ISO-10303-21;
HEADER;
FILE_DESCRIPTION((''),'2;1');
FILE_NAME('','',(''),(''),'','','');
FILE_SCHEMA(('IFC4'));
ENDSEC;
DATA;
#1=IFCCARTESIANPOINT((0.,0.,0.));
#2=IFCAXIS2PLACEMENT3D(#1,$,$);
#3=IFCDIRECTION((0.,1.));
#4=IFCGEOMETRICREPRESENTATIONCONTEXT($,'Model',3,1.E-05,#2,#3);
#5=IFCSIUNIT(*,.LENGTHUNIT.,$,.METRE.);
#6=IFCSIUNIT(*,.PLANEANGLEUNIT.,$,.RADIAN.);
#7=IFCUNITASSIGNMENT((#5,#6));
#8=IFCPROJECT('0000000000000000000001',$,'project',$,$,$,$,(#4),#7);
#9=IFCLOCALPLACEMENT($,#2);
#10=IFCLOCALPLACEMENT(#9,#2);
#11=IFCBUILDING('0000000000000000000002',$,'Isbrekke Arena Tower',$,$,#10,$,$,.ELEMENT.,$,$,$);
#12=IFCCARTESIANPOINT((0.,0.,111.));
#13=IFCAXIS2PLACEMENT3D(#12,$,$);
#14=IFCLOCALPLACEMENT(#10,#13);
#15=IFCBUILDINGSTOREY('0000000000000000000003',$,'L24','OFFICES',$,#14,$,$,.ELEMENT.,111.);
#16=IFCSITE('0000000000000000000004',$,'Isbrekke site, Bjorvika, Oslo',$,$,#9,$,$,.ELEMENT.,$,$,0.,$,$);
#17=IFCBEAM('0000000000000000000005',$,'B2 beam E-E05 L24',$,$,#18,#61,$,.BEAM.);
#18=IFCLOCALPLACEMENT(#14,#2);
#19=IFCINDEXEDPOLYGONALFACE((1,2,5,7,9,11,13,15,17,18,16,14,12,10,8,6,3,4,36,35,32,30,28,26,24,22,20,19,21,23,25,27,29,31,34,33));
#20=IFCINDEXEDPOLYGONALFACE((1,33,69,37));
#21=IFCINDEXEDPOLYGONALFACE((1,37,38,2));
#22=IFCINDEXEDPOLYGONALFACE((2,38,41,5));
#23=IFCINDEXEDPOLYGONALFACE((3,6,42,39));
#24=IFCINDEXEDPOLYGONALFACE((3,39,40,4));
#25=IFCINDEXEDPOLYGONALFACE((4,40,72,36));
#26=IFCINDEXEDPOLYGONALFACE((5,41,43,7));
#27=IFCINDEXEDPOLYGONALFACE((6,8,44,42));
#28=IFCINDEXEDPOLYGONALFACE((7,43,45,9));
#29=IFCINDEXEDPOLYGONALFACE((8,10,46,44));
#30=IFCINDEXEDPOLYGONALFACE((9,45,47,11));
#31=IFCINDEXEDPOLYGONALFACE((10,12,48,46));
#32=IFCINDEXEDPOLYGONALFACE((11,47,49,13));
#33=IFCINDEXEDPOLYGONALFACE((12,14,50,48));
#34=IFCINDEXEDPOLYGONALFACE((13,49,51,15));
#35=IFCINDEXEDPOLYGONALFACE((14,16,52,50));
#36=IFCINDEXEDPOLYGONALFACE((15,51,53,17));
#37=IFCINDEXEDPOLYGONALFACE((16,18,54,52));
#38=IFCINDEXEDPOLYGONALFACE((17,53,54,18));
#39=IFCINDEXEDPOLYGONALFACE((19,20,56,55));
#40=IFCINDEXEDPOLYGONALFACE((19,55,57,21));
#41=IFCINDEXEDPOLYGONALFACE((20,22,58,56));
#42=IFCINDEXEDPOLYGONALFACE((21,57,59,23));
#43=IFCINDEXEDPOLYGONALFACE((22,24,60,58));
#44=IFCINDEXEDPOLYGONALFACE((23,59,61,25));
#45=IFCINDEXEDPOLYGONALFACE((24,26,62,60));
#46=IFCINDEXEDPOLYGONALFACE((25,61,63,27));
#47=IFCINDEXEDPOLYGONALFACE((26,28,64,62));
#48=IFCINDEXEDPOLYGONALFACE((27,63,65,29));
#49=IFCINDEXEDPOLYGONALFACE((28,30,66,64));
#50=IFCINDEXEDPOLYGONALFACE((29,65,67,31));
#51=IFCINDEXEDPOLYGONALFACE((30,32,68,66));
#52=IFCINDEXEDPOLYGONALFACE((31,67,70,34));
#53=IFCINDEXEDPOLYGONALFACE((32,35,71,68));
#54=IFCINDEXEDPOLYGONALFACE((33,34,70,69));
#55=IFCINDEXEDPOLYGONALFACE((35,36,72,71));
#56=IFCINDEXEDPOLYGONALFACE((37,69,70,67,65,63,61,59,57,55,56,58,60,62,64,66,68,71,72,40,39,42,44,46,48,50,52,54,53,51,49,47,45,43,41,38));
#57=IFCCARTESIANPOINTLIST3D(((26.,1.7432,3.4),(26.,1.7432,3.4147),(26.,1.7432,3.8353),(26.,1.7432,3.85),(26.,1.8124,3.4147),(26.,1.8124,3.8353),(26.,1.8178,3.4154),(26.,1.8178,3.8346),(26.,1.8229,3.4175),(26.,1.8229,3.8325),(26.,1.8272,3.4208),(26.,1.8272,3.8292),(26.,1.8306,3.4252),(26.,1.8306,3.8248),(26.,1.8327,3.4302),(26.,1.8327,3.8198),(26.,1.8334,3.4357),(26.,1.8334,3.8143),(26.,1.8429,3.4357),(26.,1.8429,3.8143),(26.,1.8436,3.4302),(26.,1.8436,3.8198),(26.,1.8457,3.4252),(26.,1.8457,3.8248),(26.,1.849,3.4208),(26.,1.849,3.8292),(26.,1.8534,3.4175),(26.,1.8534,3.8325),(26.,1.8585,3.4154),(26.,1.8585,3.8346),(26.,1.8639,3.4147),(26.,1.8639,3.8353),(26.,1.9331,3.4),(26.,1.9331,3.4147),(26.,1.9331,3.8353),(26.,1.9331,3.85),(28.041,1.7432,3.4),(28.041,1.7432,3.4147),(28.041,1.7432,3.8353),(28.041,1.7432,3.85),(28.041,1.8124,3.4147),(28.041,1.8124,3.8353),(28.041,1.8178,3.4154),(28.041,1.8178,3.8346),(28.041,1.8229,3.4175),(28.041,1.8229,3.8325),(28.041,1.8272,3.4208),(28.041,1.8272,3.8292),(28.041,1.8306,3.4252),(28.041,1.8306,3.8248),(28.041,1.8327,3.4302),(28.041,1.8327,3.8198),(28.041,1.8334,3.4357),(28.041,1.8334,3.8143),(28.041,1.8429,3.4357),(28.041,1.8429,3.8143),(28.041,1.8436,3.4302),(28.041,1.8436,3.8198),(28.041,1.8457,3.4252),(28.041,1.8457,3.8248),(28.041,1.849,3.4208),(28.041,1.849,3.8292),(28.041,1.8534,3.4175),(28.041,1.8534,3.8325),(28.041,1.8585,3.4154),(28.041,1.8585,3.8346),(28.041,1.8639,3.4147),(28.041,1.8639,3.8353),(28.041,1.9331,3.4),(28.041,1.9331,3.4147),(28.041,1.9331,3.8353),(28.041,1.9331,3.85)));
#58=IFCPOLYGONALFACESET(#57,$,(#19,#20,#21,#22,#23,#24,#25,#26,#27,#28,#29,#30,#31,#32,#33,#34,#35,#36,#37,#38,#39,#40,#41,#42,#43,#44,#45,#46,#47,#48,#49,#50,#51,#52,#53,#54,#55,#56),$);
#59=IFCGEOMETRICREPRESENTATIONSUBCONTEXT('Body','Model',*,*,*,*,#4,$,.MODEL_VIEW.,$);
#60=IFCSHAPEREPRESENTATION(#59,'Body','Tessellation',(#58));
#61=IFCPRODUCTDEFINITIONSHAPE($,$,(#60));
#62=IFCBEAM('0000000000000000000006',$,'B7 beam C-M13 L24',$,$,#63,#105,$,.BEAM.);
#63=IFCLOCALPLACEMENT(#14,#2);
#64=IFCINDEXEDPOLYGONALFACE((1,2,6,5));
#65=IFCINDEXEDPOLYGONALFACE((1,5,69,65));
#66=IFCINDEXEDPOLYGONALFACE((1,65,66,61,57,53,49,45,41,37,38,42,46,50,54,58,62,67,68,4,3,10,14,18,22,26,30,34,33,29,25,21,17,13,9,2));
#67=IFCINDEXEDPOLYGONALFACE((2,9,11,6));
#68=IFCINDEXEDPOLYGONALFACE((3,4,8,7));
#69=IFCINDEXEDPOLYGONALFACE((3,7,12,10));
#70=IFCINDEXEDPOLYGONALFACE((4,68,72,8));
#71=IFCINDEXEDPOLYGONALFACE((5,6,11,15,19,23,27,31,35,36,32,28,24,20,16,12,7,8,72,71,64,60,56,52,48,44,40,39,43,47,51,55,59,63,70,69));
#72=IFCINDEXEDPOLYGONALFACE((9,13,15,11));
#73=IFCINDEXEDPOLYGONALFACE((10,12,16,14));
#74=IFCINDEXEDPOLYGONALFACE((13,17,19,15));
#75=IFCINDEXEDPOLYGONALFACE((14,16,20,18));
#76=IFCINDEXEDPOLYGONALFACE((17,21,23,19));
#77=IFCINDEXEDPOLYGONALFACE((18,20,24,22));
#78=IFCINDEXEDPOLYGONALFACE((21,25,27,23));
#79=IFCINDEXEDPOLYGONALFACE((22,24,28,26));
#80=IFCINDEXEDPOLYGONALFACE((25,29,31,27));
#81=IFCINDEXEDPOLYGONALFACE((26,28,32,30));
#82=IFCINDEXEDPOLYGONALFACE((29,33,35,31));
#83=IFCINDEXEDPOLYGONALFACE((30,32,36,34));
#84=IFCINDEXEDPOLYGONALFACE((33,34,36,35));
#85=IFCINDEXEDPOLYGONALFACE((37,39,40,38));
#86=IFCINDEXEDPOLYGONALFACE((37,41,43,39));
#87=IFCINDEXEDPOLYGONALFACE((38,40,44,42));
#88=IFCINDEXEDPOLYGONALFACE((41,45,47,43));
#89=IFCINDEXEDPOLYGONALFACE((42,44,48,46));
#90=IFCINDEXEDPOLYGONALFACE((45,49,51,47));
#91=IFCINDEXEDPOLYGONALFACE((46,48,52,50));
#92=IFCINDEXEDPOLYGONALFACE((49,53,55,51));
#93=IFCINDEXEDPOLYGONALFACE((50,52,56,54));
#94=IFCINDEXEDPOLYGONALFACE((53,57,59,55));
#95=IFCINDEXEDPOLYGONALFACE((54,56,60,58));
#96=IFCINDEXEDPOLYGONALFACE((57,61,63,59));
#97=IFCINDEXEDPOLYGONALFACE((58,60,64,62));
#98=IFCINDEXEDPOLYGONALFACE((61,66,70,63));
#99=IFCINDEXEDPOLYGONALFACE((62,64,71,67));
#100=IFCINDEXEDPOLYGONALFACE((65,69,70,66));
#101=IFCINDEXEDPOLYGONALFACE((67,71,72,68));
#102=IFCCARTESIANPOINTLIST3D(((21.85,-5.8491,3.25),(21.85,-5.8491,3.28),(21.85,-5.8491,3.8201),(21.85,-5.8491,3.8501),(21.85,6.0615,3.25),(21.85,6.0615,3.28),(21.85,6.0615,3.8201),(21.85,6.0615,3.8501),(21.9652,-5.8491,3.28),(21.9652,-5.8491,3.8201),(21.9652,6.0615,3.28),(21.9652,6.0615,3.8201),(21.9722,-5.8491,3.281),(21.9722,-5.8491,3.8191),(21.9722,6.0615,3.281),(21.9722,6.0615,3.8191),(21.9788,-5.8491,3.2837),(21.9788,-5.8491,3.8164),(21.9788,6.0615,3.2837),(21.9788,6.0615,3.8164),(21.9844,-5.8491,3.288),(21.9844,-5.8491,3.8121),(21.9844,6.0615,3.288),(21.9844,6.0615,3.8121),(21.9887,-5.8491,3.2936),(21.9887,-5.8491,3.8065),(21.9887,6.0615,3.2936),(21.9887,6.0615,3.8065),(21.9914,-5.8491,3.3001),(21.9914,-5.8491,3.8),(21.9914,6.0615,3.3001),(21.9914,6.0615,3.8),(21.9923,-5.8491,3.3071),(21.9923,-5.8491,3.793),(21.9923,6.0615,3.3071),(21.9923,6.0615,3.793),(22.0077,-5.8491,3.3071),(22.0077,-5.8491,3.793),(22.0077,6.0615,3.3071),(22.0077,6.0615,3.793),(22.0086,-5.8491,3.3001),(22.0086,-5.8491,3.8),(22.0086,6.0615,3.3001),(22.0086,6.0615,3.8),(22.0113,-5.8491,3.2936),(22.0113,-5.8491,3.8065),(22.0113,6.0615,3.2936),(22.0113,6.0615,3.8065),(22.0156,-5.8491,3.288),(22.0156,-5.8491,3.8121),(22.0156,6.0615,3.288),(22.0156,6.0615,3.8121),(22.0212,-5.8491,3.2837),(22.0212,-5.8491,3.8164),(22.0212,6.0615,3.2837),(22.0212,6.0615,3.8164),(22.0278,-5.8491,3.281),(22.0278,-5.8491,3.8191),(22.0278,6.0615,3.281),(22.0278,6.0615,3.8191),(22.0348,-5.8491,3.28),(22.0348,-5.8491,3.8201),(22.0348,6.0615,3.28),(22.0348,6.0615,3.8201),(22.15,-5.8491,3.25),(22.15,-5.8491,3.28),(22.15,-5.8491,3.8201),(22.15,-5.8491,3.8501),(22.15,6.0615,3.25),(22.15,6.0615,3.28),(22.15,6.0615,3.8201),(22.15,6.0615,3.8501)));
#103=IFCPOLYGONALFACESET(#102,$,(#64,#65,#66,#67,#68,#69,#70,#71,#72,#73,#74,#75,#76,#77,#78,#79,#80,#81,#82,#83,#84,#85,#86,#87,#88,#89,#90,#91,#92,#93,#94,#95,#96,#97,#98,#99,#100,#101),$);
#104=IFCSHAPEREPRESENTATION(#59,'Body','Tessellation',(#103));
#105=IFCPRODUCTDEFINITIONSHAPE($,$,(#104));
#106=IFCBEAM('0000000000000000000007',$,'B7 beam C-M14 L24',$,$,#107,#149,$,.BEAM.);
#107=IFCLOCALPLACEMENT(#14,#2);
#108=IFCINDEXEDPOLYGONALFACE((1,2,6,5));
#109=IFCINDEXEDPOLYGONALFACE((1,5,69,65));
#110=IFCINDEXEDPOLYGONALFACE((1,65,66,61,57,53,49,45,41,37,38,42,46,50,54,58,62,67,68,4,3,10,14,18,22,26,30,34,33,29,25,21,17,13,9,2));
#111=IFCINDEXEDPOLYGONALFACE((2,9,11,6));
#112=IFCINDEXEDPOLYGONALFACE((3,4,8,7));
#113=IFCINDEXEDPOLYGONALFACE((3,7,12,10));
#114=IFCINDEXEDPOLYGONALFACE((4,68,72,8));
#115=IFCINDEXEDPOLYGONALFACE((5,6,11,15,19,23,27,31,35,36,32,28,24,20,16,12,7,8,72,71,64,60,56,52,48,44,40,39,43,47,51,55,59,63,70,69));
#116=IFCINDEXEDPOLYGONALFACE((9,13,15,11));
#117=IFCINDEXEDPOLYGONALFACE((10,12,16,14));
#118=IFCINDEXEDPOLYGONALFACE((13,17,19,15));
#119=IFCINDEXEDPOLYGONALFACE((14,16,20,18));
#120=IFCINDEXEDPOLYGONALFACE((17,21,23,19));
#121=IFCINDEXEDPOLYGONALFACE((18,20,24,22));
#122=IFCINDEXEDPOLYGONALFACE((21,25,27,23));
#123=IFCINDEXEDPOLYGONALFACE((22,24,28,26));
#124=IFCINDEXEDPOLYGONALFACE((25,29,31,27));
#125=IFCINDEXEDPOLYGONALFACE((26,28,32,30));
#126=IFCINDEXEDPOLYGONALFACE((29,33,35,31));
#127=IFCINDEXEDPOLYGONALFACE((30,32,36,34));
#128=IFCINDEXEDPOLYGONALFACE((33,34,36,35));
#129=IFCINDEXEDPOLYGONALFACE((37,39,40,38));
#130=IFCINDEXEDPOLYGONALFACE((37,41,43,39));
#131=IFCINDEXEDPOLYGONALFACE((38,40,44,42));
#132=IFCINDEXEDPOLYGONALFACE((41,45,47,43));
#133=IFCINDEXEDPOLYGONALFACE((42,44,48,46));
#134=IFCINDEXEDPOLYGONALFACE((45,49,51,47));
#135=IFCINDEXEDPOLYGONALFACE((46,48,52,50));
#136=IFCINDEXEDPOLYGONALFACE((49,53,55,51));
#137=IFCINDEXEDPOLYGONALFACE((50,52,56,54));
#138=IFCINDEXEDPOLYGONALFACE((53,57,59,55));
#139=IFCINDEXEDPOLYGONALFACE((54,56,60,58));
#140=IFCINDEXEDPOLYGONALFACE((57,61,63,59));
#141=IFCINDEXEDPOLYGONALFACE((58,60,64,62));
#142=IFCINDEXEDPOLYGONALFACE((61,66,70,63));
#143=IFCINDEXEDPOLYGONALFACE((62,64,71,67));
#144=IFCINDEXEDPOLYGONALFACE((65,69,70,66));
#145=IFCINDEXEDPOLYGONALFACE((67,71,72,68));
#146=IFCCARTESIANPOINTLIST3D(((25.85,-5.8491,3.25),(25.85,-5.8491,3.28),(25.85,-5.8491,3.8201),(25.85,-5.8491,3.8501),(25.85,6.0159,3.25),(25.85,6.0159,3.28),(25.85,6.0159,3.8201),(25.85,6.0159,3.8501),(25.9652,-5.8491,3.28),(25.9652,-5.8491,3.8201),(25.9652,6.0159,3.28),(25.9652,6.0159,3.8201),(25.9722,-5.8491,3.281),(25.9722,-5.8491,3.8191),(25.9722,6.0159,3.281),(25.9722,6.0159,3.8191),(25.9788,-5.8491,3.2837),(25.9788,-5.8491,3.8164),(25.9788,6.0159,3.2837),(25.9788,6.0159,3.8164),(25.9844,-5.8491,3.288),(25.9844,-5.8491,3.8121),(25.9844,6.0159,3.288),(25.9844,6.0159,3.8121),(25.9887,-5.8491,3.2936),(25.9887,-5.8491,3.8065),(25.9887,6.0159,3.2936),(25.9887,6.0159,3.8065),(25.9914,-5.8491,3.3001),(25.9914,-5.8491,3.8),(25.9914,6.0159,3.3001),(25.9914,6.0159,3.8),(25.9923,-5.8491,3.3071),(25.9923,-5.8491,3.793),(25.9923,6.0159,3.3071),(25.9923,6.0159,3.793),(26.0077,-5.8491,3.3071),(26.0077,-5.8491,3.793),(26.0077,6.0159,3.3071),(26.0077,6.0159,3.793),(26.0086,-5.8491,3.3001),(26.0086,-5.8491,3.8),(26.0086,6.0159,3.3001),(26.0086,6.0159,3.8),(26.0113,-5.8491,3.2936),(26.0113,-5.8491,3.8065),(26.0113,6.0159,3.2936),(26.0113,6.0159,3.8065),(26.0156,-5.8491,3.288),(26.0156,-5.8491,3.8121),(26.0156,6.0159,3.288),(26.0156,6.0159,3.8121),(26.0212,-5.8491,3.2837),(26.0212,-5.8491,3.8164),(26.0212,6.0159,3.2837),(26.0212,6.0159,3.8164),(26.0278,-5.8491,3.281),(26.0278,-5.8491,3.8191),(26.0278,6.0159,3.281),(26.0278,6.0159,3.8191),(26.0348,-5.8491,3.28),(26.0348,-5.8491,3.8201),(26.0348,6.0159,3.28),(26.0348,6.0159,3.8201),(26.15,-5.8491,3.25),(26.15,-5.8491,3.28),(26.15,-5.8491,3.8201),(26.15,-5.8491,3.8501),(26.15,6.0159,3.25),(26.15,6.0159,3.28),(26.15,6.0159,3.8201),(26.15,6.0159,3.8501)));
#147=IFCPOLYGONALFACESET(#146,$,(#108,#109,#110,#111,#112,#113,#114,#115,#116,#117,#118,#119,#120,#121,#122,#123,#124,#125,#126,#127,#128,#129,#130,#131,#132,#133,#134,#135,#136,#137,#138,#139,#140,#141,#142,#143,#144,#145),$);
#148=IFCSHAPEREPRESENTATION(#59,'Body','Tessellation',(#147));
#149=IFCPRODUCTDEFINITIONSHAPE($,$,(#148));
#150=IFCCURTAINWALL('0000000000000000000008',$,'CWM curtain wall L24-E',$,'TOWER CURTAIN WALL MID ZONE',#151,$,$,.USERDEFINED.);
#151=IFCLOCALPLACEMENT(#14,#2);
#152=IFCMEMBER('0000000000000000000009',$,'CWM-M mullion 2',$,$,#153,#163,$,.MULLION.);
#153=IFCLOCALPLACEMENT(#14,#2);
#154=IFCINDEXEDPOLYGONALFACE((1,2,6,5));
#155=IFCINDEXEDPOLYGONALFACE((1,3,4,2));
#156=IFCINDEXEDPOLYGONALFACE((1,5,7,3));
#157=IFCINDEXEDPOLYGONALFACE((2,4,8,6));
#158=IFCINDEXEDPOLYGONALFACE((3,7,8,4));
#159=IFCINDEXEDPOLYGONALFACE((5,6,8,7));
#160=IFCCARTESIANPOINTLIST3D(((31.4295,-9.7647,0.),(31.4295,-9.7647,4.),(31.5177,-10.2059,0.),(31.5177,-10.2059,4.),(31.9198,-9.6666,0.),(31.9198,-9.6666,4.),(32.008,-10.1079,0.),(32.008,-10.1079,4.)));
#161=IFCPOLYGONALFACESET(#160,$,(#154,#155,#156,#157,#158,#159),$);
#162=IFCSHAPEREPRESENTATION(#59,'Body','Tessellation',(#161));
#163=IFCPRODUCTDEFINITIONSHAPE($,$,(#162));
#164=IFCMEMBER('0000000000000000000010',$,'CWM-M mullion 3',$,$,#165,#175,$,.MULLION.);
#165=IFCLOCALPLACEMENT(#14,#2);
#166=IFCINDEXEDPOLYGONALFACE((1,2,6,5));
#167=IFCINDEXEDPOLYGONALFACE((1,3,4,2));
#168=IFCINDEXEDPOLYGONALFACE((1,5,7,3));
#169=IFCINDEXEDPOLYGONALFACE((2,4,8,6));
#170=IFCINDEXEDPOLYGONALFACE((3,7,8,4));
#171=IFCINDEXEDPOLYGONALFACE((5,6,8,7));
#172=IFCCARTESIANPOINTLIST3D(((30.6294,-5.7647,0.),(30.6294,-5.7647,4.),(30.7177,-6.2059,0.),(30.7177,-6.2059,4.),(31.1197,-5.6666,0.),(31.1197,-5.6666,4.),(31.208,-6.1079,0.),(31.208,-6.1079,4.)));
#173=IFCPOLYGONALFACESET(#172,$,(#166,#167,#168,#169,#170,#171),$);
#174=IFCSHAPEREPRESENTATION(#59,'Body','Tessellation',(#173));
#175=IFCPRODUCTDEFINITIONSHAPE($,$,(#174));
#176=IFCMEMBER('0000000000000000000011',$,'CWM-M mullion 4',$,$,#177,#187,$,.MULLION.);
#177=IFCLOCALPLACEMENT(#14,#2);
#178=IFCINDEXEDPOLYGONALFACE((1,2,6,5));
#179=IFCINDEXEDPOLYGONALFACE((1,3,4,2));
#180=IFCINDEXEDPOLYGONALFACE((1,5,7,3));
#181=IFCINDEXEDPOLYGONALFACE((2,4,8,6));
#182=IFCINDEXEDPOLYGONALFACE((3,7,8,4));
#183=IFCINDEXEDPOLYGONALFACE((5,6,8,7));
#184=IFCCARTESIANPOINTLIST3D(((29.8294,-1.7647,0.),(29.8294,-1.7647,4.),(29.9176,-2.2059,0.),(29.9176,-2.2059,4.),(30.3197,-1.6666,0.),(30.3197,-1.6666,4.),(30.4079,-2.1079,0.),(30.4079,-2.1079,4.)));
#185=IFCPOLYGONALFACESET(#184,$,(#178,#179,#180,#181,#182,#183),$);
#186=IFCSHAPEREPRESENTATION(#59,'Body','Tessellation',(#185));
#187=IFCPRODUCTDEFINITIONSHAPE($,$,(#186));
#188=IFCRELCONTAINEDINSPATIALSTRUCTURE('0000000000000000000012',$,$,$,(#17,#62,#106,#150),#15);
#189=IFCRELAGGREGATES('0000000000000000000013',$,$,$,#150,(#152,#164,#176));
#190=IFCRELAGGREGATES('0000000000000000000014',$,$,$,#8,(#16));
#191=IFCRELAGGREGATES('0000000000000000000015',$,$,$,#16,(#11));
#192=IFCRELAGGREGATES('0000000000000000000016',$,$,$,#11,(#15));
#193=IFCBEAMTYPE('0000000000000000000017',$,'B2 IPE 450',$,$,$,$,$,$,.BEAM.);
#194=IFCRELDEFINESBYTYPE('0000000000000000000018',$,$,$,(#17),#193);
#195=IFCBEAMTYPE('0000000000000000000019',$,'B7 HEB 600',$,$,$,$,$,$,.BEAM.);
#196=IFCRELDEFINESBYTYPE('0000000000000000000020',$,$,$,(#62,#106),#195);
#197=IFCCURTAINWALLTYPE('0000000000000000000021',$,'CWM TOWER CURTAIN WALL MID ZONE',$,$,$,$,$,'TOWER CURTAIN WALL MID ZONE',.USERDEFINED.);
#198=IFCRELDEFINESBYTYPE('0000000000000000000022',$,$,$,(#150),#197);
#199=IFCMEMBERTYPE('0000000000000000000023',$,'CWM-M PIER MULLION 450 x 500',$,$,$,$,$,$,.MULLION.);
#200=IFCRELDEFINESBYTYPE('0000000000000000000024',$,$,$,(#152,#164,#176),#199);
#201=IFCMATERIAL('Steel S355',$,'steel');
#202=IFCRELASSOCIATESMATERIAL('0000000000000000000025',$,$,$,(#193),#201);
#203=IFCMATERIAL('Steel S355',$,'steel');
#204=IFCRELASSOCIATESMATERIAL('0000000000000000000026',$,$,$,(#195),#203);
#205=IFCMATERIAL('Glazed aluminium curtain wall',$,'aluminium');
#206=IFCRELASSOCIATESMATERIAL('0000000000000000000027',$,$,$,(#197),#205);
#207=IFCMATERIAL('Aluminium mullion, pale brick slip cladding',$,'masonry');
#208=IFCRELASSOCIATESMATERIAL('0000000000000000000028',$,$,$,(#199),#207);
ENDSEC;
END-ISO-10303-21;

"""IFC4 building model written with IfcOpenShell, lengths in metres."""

from ifc_helpers import new_model, si_unit, direction, frame, origin, origin_2d, place, context, subcontext, project, spatial, rectangle, i_section, extrude, material, material_profile, profile_set, type_object, element, aggregate, save


model = new_model("IFC4")

# Units and contexts
model_context = context("Model", 3, precision=1e-05, world=origin(), true_north=direction((0.0, 1.0)))
body_context = subcontext(model_context, "Body", "Model", "MODEL_VIEW")
ifc_project = project(units=[si_unit("LENGTHUNIT", "METRE"), si_unit("PLANEANGLEUNIT", "RADIAN")], contexts=[model_context])

# Site, building, storey
site_placement = place(None, origin())
site = spatial("IfcSite", under=ifc_project, at=site_placement, Name="Isbrekke site, Bjorvika, Oslo", CompositionType="ELEMENT", RefElevation=0.0)
building_placement = place(site_placement, origin())
building = spatial("IfcBuilding", under=site, at=building_placement, Name="Isbrekke Arena Tower", CompositionType="ELEMENT")
storey_placement = place(building_placement, frame((0.0, 0.0, 111.0)))
storey = spatial("IfcBuildingStorey", under=building, at=storey_placement, Name="L24", Description="OFFICES", CompositionType="ELEMENT", Elevation=111.0)

# Beams
ifc_material_1 = material(Name="Steel S355", Category="steel")
ifc_material_profile_1 = material_profile(ifc_material_1, i_section(OverallWidth=0.1899, OverallDepth=0.45, WebThickness=0.0095, FlangeThickness=0.0146, FilletRadius=0.021, at=origin_2d()), Name="IPE 450")
ifc_profile_set_1 = profile_set([ifc_material_profile_1], Name="Steel S355")
beam_type_1 = type_object("IfcBeamType", Name="B2 IPE 450", PredefinedType="BEAM", material=ifc_profile_set_1)
beam_1_placement = place(storey_placement, frame((28.041, 1.8381, 3.625), z_axis=(-1.0, 0.0, 0.0), x_axis=(0.0, -1.0, 0.0)))
element("IfcBeam", 1, at=beam_1_placement, inside=storey, type_object=beam_type_1, Name="B2 beam E-E05 L24", PredefinedType="BEAM", context=body_context, shape_type="SweptSolid", body=[
    extrude(i_section(OverallWidth=0.1899, OverallDepth=0.45, WebThickness=0.0095, FlangeThickness=0.0146, FilletRadius=0.021, at=origin_2d()), origin(), (0.0, 0.0, 1.0), 2.041),
])
ifc_material_2 = material(Name="Steel S355", Category="steel")
ifc_material_profile_2 = material_profile(ifc_material_2, i_section(OverallWidth=0.3, OverallDepth=0.6001, WebThickness=0.0154, FlangeThickness=0.03, FilletRadius=0.0271, at=origin_2d()), Name="HEB 600")
ifc_profile_set_2 = profile_set([ifc_material_profile_2], Name="Steel S355")
beam_type_2 = type_object("IfcBeamType", Name="B7 HEB 600", PredefinedType="BEAM", material=ifc_profile_set_2)
beam_2_placement = place(storey_placement, frame((22.0, -5.8491, 3.55), z_axis=(0.0, 1.0, 0.0), x_axis=(-1.0, 0.0, 0.0)))
element("IfcBeam", 2, at=beam_2_placement, inside=storey, type_object=beam_type_2, Name="B7 beam C-M13 L24", PredefinedType="BEAM", context=body_context, shape_type="SweptSolid", body=[
    extrude(i_section(OverallWidth=0.3, OverallDepth=0.6001, WebThickness=0.0154, FlangeThickness=0.03, FilletRadius=0.0271, at=origin_2d()), origin(), (0.0, 0.0, 1.0), 11.9106),
])
beam_3_placement = place(storey_placement, frame((26.0, -5.8491, 3.55), z_axis=(0.0, 1.0, 0.0), x_axis=(-1.0, 0.0, 0.0)))
element("IfcBeam", 3, at=beam_3_placement, inside=storey, type_object=beam_type_2, Name="B7 beam C-M14 L24", PredefinedType="BEAM", context=body_context, shape_type="SweptSolid", body=[
    extrude(i_section(OverallWidth=0.3, OverallDepth=0.6001, WebThickness=0.0154, FlangeThickness=0.03, FilletRadius=0.0271, at=origin_2d()), origin(), (0.0, 0.0, 1.0), 11.865),
])

# Curtain wall, members
ifc_material_3 = material(Name="Glazed aluminium curtain wall", Category="aluminium")
curtain_wall_type = type_object("IfcCurtainWallType", Name="CWM TOWER CURTAIN WALL MID ZONE", ElementType="TOWER CURTAIN WALL MID ZONE", PredefinedType="USERDEFINED", material=ifc_material_3)
curtain_wall_placement = place(storey_placement, origin())
curtain_wall = element("IfcCurtainWall", 4, at=curtain_wall_placement, inside=storey, type_object=curtain_wall_type, Name="CWM curtain wall L24-E", ObjectType="TOWER CURTAIN WALL MID ZONE", PredefinedType="USERDEFINED")
ifc_material_4 = material(Name="Aluminium mullion, pale brick slip cladding", Category="masonry")
ifc_material_profile_3 = material_profile(ifc_material_4, rectangle(XDim=0.45, YDim=0.5, at=origin_2d()), Name="PIER 450X500")
ifc_profile_set_3 = profile_set([ifc_material_profile_3], Name="Aluminium mullion, pale brick slip cladding")
member_type_1 = type_object("IfcMemberType", Name="CWM-M PIER MULLION 450 x 500", PredefinedType="MULLION", material=ifc_profile_set_3)
member_1_placement = place(storey_placement, frame((31.7188, -9.9363, 0.0), z_axis=(0.0, 0.0, 1.0), x_axis=(-0.196116, 0.980581, 0.0)))
member_1 = element("IfcMember", 5, at=member_1_placement, type_object=member_type_1, Name="CWM-M mullion 2", PredefinedType="MULLION", context=body_context, shape_type="SweptSolid", body=[
    extrude(rectangle(XDim=0.45, YDim=0.5, at=origin_2d()), origin(), (0.0, 0.0, 1.0), 4.0),
])
member_2_placement = place(storey_placement, frame((30.9187, -5.9363, 0.0), z_axis=(0.0, 0.0, 1.0), x_axis=(-0.196116, 0.980581, 0.0)))
member_2 = element("IfcMember", 6, at=member_2_placement, type_object=member_type_1, Name="CWM-M mullion 3", PredefinedType="MULLION", context=body_context, shape_type="SweptSolid", body=[
    extrude(rectangle(XDim=0.45, YDim=0.5, at=origin_2d()), origin(), (0.0, 0.0, 1.0), 4.0),
])
member_3_placement = place(storey_placement, frame((30.1187, -1.9363, 0.0), z_axis=(0.0, 0.0, 1.0), x_axis=(-0.196116, 0.980581, 0.0)))
member_3 = element("IfcMember", 7, at=member_3_placement, type_object=member_type_1, Name="CWM-M mullion 4", PredefinedType="MULLION", context=body_context, shape_type="SweptSolid", body=[
    extrude(rectangle(XDim=0.45, YDim=0.5, at=origin_2d()), origin(), (0.0, 0.0, 1.0), 4.0),
])

aggregate(curtain_wall, [member_1, member_2, member_3])

save(model, "model.ifc")
